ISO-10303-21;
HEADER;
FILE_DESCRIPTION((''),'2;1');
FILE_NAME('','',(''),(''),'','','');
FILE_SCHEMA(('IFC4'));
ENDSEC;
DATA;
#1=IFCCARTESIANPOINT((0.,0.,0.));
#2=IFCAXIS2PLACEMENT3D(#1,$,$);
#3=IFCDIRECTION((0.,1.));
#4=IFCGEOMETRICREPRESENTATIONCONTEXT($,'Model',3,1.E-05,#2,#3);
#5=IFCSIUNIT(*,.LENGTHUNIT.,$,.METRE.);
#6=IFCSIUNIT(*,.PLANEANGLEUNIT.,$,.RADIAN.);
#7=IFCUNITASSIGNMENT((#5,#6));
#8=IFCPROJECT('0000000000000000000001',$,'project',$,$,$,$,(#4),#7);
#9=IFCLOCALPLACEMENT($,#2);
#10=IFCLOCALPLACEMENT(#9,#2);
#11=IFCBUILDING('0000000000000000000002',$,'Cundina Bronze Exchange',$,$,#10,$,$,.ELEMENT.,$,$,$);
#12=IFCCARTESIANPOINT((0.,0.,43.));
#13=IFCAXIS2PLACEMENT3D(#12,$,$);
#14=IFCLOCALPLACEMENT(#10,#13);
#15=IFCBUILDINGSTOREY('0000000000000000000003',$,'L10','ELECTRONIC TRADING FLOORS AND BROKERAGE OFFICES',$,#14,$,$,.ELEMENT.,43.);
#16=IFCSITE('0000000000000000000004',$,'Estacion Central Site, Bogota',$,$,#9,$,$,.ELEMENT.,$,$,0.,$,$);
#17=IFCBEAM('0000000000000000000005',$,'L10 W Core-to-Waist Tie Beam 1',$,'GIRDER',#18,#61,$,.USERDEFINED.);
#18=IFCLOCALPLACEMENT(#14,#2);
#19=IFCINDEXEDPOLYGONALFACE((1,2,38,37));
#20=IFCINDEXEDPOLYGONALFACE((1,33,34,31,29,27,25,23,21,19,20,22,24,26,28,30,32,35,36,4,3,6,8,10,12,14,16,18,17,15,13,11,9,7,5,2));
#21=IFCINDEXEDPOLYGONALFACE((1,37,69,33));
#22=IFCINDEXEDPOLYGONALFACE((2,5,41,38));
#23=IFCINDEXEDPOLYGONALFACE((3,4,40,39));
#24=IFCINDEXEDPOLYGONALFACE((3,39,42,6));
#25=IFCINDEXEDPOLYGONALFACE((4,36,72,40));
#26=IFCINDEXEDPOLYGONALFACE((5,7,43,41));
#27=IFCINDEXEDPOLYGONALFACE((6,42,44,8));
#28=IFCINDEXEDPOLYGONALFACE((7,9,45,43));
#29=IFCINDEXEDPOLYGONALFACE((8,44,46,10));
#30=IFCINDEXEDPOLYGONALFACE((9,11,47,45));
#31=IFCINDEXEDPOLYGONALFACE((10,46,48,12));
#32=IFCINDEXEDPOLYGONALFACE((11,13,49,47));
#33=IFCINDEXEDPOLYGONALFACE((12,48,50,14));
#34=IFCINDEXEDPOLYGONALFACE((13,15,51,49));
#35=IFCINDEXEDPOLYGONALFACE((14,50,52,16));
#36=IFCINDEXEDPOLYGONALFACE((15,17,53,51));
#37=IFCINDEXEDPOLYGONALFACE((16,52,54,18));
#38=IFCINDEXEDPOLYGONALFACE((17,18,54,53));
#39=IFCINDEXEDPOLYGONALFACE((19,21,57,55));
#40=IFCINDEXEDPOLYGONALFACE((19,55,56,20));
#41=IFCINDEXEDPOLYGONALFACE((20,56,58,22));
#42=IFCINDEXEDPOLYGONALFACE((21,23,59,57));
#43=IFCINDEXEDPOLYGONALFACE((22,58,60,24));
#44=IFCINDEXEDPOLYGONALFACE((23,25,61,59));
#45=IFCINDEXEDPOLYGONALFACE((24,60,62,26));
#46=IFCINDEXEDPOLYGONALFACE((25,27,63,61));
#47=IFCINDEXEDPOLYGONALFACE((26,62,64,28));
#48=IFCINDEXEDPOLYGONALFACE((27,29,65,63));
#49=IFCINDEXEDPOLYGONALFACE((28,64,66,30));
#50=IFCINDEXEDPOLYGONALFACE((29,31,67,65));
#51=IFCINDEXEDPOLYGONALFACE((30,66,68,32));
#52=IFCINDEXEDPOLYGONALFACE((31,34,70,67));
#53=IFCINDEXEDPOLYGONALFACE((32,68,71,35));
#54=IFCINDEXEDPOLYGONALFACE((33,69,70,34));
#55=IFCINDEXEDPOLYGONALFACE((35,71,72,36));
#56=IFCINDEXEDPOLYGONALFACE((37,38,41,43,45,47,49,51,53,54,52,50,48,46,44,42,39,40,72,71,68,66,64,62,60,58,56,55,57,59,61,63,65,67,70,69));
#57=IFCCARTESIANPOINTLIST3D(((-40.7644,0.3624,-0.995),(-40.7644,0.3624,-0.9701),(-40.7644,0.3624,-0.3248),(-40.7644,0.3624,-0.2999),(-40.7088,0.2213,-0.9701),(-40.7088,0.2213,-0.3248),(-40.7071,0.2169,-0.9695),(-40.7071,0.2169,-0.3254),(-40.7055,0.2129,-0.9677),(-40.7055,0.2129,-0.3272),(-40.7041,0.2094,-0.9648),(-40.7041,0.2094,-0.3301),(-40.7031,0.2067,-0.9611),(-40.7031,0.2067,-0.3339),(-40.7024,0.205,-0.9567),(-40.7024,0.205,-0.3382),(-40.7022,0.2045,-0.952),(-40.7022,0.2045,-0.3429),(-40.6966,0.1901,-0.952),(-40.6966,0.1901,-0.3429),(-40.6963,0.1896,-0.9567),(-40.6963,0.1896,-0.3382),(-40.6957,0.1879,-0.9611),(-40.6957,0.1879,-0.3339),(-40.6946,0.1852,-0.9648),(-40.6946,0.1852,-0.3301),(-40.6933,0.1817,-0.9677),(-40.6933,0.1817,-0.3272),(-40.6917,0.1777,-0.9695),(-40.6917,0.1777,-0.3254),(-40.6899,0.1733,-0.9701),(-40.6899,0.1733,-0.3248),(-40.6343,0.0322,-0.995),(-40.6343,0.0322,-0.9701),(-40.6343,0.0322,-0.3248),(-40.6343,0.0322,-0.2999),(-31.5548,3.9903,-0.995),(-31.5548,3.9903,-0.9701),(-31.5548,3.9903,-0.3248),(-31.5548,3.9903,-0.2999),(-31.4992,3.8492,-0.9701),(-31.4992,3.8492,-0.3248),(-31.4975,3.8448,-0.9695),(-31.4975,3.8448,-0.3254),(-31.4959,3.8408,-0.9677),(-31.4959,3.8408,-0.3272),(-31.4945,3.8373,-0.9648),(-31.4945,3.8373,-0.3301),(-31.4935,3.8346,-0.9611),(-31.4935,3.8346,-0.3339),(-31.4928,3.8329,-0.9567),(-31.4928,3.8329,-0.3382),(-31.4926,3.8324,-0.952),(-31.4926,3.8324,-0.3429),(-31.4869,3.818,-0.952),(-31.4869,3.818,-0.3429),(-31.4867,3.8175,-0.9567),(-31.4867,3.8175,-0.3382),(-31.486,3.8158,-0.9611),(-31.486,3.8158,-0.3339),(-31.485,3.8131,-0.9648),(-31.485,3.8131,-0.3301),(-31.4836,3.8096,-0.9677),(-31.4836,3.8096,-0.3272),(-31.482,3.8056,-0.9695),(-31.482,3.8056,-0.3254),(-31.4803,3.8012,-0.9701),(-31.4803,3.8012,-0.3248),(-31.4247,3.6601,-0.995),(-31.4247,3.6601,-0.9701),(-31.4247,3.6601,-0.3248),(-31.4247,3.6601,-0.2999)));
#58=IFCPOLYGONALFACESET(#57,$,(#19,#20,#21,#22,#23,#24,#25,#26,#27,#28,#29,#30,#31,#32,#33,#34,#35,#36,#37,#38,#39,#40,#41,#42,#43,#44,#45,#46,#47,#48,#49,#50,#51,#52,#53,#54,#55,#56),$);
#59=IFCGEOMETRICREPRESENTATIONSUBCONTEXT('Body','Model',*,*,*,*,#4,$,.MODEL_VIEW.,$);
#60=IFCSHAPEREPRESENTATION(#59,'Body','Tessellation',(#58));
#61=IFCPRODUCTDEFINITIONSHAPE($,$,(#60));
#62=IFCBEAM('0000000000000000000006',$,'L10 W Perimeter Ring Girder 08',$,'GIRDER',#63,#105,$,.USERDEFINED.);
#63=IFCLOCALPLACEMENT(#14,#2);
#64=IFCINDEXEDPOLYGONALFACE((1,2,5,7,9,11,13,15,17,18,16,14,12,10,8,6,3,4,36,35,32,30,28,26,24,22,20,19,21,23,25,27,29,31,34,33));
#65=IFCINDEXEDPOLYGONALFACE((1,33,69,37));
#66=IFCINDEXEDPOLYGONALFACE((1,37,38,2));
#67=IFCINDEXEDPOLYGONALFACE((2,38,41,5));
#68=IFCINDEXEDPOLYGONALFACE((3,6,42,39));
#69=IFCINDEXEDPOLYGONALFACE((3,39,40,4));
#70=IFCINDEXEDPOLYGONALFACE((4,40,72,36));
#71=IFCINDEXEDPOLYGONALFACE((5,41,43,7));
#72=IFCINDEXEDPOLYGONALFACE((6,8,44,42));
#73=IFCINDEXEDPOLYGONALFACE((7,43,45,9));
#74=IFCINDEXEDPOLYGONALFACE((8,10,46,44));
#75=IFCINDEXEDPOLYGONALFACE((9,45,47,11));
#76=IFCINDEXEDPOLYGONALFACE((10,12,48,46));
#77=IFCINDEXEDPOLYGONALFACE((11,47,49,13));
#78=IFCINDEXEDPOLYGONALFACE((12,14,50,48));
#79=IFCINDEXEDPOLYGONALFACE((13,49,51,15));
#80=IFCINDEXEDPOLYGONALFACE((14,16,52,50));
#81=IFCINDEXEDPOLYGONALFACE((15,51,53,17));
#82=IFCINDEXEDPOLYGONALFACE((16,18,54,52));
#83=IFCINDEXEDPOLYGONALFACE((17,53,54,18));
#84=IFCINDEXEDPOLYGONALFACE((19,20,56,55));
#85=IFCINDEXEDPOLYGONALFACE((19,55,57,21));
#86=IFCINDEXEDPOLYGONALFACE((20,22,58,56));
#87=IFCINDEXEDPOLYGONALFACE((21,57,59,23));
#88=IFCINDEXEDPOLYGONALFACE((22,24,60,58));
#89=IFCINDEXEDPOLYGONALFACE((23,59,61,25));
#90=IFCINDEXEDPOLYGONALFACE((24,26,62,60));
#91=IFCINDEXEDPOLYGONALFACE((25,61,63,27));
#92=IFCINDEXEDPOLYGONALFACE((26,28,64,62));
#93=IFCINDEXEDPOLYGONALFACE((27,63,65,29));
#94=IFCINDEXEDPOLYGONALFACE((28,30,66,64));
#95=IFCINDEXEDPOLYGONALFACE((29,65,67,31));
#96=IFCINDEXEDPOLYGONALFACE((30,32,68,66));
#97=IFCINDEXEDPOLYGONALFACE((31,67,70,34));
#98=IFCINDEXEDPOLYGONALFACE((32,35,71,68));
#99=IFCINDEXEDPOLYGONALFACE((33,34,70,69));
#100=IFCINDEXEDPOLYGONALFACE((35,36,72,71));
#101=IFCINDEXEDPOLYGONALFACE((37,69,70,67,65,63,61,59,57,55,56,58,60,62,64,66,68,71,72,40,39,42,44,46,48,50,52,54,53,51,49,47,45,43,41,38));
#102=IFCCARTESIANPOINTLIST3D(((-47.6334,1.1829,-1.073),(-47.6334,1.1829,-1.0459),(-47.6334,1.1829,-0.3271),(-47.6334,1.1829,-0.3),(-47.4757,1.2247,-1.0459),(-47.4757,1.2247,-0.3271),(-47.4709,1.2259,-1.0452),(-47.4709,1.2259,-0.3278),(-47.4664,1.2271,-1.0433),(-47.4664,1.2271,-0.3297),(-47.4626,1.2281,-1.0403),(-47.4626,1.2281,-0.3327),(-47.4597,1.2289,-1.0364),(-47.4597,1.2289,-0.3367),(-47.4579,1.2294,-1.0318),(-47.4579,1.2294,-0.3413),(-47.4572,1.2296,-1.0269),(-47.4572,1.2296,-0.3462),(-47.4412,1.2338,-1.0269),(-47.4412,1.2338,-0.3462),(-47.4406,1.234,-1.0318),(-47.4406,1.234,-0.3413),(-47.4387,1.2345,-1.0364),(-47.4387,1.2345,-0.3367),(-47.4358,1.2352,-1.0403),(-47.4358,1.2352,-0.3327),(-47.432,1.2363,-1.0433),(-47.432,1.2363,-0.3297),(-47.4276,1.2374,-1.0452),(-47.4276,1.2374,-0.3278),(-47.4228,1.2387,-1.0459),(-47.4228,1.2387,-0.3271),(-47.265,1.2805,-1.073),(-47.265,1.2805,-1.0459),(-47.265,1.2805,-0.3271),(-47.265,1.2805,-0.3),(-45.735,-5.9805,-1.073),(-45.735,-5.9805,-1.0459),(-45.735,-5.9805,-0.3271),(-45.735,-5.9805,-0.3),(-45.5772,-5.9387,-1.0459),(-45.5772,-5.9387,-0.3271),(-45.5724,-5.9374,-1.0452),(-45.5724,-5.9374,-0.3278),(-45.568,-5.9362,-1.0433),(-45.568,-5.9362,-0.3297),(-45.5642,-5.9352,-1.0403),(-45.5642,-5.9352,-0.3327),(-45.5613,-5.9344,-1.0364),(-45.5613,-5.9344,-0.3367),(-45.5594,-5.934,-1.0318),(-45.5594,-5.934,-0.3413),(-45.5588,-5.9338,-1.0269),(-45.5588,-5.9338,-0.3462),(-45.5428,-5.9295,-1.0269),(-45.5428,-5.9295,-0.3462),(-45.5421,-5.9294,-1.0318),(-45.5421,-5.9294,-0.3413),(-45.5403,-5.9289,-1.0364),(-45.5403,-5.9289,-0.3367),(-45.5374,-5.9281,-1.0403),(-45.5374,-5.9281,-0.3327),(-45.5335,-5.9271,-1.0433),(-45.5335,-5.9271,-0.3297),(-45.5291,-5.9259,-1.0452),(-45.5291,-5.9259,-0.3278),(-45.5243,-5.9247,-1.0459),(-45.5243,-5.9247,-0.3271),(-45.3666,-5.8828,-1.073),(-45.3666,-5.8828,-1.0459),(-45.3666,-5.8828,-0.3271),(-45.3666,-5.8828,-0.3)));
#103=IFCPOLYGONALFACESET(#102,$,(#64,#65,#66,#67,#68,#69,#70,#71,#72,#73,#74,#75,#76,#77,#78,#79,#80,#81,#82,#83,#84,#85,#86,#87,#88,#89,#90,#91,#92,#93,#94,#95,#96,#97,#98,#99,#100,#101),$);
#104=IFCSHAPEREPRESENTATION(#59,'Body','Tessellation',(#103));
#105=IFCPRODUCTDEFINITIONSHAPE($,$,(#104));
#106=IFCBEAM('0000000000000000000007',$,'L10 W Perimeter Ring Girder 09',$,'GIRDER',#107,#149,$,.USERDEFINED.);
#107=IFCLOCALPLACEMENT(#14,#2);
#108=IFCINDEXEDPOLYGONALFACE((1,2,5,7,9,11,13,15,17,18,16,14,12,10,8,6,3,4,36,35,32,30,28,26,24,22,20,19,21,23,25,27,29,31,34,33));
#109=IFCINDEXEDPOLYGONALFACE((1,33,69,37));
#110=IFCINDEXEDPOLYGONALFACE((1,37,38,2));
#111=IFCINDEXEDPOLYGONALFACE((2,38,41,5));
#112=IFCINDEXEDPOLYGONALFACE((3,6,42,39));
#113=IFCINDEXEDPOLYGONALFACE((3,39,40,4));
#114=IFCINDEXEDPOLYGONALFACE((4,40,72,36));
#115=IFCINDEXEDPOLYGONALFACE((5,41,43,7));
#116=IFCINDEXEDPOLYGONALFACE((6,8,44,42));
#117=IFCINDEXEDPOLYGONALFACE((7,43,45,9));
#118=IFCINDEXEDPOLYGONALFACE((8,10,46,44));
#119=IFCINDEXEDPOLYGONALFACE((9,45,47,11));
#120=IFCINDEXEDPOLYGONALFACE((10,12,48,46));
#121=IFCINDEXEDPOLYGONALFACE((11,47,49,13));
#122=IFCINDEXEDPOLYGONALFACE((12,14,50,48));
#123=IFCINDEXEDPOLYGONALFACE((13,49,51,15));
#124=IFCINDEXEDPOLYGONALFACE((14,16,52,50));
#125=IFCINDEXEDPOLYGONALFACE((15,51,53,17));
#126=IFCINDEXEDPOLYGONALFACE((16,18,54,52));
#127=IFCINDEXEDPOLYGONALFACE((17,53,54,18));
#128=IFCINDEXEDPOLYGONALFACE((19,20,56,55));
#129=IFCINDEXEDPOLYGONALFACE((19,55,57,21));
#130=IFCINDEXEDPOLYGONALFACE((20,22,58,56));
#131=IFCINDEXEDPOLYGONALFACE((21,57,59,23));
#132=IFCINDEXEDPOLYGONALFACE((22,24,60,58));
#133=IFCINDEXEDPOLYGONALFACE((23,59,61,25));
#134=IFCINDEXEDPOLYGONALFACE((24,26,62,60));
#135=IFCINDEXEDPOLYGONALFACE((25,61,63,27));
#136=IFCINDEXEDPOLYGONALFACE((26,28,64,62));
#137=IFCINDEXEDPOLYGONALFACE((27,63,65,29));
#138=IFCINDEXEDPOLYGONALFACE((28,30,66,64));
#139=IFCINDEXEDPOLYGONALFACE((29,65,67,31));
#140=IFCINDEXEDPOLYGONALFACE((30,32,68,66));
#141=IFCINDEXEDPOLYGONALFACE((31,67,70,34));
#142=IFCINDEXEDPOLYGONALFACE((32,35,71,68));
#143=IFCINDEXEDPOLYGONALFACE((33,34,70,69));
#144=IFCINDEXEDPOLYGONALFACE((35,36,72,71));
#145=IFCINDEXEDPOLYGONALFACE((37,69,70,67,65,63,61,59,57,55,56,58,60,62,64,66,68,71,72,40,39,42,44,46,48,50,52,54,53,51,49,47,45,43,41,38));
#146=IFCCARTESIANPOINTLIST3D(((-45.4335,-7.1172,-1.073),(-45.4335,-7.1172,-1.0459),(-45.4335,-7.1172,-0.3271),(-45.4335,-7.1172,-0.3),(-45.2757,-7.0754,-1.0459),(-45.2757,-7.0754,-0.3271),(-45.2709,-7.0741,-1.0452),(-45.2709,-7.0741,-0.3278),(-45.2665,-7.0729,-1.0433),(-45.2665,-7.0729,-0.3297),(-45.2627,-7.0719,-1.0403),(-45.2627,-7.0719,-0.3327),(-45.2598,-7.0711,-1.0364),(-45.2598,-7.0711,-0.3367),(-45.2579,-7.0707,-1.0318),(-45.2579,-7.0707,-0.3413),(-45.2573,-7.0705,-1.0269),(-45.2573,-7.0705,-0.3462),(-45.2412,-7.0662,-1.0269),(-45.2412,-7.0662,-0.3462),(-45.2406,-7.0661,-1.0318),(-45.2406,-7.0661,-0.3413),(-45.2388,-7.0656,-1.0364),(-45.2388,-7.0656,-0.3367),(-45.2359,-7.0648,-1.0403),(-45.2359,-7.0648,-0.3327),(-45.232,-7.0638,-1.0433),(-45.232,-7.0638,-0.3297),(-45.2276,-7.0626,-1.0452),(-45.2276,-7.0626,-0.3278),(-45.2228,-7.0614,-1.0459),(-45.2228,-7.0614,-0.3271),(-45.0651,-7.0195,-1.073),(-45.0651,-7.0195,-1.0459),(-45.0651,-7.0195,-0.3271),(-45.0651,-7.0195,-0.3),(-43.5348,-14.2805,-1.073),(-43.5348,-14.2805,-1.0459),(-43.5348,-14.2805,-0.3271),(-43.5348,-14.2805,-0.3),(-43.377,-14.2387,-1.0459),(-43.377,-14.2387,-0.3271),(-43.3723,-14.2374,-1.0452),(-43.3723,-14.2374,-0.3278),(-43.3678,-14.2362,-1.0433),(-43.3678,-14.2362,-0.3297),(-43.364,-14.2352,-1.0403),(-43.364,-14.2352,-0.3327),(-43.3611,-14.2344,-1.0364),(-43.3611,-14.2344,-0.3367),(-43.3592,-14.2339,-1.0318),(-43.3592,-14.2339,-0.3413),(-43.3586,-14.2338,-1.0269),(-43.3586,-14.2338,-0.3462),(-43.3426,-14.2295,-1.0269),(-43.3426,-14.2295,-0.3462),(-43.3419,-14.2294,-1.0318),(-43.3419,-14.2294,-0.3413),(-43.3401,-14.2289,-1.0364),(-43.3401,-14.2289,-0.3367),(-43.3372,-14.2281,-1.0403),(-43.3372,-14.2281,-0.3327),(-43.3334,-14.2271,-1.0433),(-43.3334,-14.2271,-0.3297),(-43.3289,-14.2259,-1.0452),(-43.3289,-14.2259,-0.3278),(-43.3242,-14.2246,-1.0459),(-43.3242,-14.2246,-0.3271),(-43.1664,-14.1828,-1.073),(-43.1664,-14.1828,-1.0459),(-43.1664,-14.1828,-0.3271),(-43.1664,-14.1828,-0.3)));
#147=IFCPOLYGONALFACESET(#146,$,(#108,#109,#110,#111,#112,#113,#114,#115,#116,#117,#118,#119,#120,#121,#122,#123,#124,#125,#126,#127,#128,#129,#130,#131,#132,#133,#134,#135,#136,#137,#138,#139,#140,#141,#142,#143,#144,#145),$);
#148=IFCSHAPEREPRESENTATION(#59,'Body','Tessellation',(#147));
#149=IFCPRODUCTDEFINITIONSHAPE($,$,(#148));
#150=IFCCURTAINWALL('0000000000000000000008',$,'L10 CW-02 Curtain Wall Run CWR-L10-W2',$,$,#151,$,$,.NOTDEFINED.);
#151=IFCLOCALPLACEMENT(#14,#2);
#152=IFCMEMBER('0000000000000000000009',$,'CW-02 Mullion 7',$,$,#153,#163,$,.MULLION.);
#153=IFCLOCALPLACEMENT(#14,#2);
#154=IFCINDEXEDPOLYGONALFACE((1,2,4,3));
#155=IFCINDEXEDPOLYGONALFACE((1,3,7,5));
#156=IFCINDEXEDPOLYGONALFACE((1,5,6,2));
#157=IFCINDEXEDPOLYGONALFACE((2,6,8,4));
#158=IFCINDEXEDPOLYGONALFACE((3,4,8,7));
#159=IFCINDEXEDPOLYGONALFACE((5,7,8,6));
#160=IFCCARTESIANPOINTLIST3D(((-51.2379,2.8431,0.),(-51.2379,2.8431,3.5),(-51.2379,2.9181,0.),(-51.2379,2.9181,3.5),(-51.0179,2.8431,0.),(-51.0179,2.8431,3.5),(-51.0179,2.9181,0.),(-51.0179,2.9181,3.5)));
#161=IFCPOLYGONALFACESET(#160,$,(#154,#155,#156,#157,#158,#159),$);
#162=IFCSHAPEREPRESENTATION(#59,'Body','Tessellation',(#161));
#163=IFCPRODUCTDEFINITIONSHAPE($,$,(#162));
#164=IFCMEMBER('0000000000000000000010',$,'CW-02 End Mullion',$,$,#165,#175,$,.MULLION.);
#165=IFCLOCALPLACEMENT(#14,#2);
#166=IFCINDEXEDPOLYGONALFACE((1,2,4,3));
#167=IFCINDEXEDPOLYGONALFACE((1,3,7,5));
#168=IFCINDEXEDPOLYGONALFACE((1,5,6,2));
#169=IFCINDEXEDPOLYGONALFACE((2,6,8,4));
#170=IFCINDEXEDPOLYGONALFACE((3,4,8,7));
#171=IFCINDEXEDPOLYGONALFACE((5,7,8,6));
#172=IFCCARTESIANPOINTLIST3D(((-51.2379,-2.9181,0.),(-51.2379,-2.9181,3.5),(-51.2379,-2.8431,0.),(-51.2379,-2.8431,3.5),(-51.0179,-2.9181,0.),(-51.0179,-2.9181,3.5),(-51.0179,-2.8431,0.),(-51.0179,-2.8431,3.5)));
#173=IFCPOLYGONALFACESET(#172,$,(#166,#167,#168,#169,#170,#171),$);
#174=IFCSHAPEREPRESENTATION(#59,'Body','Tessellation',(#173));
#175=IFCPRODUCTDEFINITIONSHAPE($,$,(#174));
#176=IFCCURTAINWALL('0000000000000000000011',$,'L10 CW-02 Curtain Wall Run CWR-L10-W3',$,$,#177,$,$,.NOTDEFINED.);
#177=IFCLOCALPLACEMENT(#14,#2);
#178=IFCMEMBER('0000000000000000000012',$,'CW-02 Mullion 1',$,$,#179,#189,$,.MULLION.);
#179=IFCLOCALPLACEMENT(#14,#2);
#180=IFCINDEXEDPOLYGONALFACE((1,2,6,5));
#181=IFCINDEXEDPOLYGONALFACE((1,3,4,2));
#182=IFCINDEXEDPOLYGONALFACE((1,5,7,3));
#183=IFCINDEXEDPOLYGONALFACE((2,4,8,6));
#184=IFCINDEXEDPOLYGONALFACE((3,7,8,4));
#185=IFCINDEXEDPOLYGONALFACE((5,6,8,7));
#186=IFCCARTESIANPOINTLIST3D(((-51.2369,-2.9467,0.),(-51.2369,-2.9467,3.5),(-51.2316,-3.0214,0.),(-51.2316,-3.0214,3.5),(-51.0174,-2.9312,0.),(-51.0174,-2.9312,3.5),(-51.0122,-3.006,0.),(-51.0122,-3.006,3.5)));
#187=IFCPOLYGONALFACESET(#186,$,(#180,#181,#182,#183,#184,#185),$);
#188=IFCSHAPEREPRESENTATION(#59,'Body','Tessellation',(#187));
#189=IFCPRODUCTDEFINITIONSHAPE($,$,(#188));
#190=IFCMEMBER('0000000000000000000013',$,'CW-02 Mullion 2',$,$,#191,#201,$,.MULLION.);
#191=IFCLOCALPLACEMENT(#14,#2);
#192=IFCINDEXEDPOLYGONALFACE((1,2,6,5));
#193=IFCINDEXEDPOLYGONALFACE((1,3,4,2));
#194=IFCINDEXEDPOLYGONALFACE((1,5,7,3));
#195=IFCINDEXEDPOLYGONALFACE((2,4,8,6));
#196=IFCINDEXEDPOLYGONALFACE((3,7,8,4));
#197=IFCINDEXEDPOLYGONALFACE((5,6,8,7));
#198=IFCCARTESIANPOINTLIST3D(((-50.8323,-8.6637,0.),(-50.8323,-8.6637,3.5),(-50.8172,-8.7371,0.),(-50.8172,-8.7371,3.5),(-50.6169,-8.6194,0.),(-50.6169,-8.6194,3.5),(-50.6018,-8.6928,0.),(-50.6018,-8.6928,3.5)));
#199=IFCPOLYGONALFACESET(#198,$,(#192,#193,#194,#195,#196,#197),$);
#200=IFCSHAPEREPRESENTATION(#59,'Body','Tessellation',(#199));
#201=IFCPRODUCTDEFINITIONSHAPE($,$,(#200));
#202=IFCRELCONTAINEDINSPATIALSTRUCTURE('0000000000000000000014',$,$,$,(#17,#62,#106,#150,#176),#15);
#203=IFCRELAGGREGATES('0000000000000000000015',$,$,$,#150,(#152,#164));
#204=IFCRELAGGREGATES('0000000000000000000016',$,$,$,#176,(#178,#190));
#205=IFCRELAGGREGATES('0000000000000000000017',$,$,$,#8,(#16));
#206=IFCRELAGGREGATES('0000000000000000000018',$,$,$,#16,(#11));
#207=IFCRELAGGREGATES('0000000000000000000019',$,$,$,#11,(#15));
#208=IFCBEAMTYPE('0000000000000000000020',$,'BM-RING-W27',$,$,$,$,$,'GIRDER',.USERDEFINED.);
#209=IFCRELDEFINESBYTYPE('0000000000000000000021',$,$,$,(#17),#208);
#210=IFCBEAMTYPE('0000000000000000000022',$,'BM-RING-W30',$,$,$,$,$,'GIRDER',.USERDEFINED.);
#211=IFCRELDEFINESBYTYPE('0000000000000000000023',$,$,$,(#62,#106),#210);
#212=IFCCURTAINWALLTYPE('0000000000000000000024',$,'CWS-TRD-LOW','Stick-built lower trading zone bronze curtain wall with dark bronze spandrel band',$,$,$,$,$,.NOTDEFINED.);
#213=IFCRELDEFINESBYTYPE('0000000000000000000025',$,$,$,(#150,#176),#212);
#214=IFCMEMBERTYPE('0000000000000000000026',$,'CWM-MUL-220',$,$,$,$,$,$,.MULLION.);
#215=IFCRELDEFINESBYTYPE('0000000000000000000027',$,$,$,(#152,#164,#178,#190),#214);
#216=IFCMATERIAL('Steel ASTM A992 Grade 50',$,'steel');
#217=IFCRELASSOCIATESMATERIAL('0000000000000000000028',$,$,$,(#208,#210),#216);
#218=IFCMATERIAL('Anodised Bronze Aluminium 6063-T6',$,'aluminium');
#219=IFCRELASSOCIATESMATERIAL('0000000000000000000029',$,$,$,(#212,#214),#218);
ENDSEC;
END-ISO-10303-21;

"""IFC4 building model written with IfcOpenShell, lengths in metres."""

from ifc_helpers import new_model, si_unit, direction, frame, origin, origin_2d, place, context, subcontext, project, spatial, rectangle, i_section, extrude, material, material_profile, profile_set, type_object, element, aggregate, save


model = new_model("IFC4")

# Units and contexts
model_context = context("Model", 3, precision=1e-05, world=origin(), true_north=direction((0.0, 1.0)))
body_context = subcontext(model_context, "Body", "Model", "MODEL_VIEW")
ifc_project = project(units=[si_unit("LENGTHUNIT", "METRE"), si_unit("PLANEANGLEUNIT", "RADIAN")], contexts=[model_context])

# Site, building, storey
site_placement = place(None, origin())
site = spatial("IfcSite", under=ifc_project, at=site_placement, Name="Estacion Central Site, Bogota", CompositionType="ELEMENT", RefElevation=0.0)
building_placement = place(site_placement, origin())
building = spatial("IfcBuilding", under=site, at=building_placement, Name="Cundina Bronze Exchange", CompositionType="ELEMENT")
storey_placement = place(building_placement, frame((0.0, 0.0, 43.0)))
storey = spatial("IfcBuildingStorey", under=building, at=storey_placement, Name="L10", Description="ELECTRONIC TRADING FLOORS AND BROKERAGE OFFICES", CompositionType="ELEMENT", Elevation=43.0)

# Beams
ifc_material_1 = material(Name="Steel ASTM A992 Grade 50", Category="steel")
ifc_material_profile_1 = material_profile(ifc_material_1, i_section(OverallWidth=0.355, OverallDepth=0.6951, WebThickness=0.0154, FlangeThickness=0.0249, FilletRadius=0.0181, at=origin_2d()), Name="W27X146", Category="steel")
ifc_profile_set_1 = profile_set([ifc_material_profile_1], Name="Steel ASTM A992 Grade 50")
beam_type_1 = type_object("IfcBeamType", Name="BM-RING-W27", ElementType="GIRDER", PredefinedType="USERDEFINED", material=ifc_profile_set_1)
beam_1_placement = place(storey_placement, frame((-31.4897, 3.8252, -0.6475), z_axis=(-0.930413, -0.366512, 0.0), x_axis=(0.366512, -0.930413, 0.0)))
element("IfcBeam", 1, at=beam_1_placement, inside=storey, type_object=beam_type_1, Name="L10 W Core-to-Waist Tie Beam 1", ObjectType="GIRDER", PredefinedType="USERDEFINED", context=body_context, shape_type="SweptSolid", body=[
    extrude(i_section(OverallWidth=0.355, OverallDepth=0.6951, WebThickness=0.0154, FlangeThickness=0.0249, FilletRadius=0.0181, at=origin_2d()), origin(), (0.0, 0.0, 1.0), 9.8984),
])
ifc_material_profile_2 = material_profile(ifc_material_1, i_section(OverallWidth=0.3811, OverallDepth=0.7729, WebThickness=0.0166, FlangeThickness=0.0271, FilletRadius=0.019, at=origin_2d()), Name="W30X173", Category="steel")
ifc_profile_set_2 = profile_set([ifc_material_profile_2], Name="Steel ASTM A992 Grade 50")
beam_type_2 = type_object("IfcBeamType", Name="BM-RING-W30", ElementType="GIRDER", PredefinedType="USERDEFINED", material=ifc_profile_set_2)
for number, where, z_axis, x_axis, name in (
    (2, (-47.4492, 1.2317, -0.6865), (0.256178, -0.96663, 0.0), (0.96663, 0.256178, 0.0), "L10 W Perimeter Ring Girder 08"),
    (3, (-45.2493, -7.0684, -0.6865), (0.256209, -0.966622, 0.0), (0.966622, 0.256209, 0.0), "L10 W Perimeter Ring Girder 09"),
):
    element("IfcBeam", number, at=place(storey_placement, frame(where, z_axis=z_axis, x_axis=x_axis)), inside=storey, type_object=beam_type_2, Name=name, ObjectType="GIRDER", PredefinedType="USERDEFINED", context=body_context, shape_type="SweptSolid", body=[
        extrude(i_section(OverallWidth=0.3811, OverallDepth=0.7729, WebThickness=0.0166, FlangeThickness=0.0271, FilletRadius=0.019, at=origin_2d()), origin(), (0.0, 0.0, 1.0), 7.4106),
    ])

# Curtain walls, members
ifc_material_2 = material(Name="Anodised Bronze Aluminium 6063-T6", Category="aluminium")
curtain_wall_type = type_object("IfcCurtainWallType", Name="CWS-TRD-LOW", Description="Stick-built lower trading zone bronze curtain wall with dark bronze spandrel band", PredefinedType="NOTDEFINED", material=ifc_material_2)
curtain_wall_1_placement = place(storey_placement, origin())
curtain_wall_1 = element("IfcCurtainWall", 4, at=curtain_wall_1_placement, inside=storey, type_object=curtain_wall_type, Name="L10 CW-02 Curtain Wall Run CWR-L10-W2", PredefinedType="NOTDEFINED")
ifc_material_profile_3 = material_profile(ifc_material_2, rectangle(XDim=0.075, YDim=0.22, at=origin_2d()), Name="AL75X220", Category="aluminium")
ifc_profile_set_3 = profile_set([ifc_material_profile_3], Name="Anodised Bronze Aluminium 6063-T6")
member_type_1 = type_object("IfcMemberType", Name="CWM-MUL-220", PredefinedType="MULLION", material=ifc_profile_set_3)
member_1_placement = place(storey_placement, frame((-51.1279, 2.8806, 0.0), z_axis=(0.0, 0.0, 1.0), x_axis=(0.0, -1.0, 0.0)))
member_1 = element("IfcMember", 5, at=member_1_placement, type_object=member_type_1, Name="CW-02 Mullion 7", PredefinedType="MULLION", context=body_context, shape_type="SweptSolid", body=[
    extrude(rectangle(XDim=0.075, YDim=0.22, at=origin_2d()), origin(), (0.0, 0.0, 1.0), 3.5),
])
member_2_placement = place(storey_placement, frame((-51.1279, -2.8806, 0.0), z_axis=(0.0, 0.0, 1.0), x_axis=(0.0, -1.0, 0.0)))
member_2 = element("IfcMember", 6, at=member_2_placement, type_object=member_type_1, Name="CW-02 End Mullion", PredefinedType="MULLION", context=body_context, shape_type="SweptSolid", body=[
    extrude(rectangle(XDim=0.075, YDim=0.22, at=origin_2d()), origin(), (0.0, 0.0, 1.0), 3.5),
])
curtain_wall_2_placement = place(storey_placement, origin())
curtain_wall_2 = element("IfcCurtainWall", 7, at=curtain_wall_2_placement, inside=storey, type_object=curtain_wall_type, Name="L10 CW-02 Curtain Wall Run CWR-L10-W3", PredefinedType="NOTDEFINED")
member_3_placement = place(storey_placement, frame((-51.1245, -2.9763, 0.0), z_axis=(0.0, 0.0, 1.0), x_axis=(0.070279, -0.997527, 0.0)))
member_3 = element("IfcMember", 8, at=member_3_placement, type_object=member_type_1, Name="CW-02 Mullion 1", PredefinedType="MULLION", context=body_context, shape_type="SweptSolid", body=[
    extrude(rectangle(XDim=0.075, YDim=0.22, at=origin_2d()), origin(), (0.0, 0.0, 1.0), 3.5),
])
member_4_placement = place(storey_placement, frame((-50.717, -8.6782, 0.0), z_axis=(0.0, 0.0, 1.0), x_axis=(0.20142, -0.979505, 0.0)))
member_4 = element("IfcMember", 9, at=member_4_placement, type_object=member_type_1, Name="CW-02 Mullion 2", PredefinedType="MULLION", context=body_context, shape_type="SweptSolid", body=[
    extrude(rectangle(XDim=0.075, YDim=0.22, at=origin_2d()), origin(), (0.0, 0.0, 1.0), 3.5),
])

aggregate(curtain_wall_1, [member_1, member_2])
aggregate(curtain_wall_2, [member_3, member_4])

save(model, "model.ifc")
